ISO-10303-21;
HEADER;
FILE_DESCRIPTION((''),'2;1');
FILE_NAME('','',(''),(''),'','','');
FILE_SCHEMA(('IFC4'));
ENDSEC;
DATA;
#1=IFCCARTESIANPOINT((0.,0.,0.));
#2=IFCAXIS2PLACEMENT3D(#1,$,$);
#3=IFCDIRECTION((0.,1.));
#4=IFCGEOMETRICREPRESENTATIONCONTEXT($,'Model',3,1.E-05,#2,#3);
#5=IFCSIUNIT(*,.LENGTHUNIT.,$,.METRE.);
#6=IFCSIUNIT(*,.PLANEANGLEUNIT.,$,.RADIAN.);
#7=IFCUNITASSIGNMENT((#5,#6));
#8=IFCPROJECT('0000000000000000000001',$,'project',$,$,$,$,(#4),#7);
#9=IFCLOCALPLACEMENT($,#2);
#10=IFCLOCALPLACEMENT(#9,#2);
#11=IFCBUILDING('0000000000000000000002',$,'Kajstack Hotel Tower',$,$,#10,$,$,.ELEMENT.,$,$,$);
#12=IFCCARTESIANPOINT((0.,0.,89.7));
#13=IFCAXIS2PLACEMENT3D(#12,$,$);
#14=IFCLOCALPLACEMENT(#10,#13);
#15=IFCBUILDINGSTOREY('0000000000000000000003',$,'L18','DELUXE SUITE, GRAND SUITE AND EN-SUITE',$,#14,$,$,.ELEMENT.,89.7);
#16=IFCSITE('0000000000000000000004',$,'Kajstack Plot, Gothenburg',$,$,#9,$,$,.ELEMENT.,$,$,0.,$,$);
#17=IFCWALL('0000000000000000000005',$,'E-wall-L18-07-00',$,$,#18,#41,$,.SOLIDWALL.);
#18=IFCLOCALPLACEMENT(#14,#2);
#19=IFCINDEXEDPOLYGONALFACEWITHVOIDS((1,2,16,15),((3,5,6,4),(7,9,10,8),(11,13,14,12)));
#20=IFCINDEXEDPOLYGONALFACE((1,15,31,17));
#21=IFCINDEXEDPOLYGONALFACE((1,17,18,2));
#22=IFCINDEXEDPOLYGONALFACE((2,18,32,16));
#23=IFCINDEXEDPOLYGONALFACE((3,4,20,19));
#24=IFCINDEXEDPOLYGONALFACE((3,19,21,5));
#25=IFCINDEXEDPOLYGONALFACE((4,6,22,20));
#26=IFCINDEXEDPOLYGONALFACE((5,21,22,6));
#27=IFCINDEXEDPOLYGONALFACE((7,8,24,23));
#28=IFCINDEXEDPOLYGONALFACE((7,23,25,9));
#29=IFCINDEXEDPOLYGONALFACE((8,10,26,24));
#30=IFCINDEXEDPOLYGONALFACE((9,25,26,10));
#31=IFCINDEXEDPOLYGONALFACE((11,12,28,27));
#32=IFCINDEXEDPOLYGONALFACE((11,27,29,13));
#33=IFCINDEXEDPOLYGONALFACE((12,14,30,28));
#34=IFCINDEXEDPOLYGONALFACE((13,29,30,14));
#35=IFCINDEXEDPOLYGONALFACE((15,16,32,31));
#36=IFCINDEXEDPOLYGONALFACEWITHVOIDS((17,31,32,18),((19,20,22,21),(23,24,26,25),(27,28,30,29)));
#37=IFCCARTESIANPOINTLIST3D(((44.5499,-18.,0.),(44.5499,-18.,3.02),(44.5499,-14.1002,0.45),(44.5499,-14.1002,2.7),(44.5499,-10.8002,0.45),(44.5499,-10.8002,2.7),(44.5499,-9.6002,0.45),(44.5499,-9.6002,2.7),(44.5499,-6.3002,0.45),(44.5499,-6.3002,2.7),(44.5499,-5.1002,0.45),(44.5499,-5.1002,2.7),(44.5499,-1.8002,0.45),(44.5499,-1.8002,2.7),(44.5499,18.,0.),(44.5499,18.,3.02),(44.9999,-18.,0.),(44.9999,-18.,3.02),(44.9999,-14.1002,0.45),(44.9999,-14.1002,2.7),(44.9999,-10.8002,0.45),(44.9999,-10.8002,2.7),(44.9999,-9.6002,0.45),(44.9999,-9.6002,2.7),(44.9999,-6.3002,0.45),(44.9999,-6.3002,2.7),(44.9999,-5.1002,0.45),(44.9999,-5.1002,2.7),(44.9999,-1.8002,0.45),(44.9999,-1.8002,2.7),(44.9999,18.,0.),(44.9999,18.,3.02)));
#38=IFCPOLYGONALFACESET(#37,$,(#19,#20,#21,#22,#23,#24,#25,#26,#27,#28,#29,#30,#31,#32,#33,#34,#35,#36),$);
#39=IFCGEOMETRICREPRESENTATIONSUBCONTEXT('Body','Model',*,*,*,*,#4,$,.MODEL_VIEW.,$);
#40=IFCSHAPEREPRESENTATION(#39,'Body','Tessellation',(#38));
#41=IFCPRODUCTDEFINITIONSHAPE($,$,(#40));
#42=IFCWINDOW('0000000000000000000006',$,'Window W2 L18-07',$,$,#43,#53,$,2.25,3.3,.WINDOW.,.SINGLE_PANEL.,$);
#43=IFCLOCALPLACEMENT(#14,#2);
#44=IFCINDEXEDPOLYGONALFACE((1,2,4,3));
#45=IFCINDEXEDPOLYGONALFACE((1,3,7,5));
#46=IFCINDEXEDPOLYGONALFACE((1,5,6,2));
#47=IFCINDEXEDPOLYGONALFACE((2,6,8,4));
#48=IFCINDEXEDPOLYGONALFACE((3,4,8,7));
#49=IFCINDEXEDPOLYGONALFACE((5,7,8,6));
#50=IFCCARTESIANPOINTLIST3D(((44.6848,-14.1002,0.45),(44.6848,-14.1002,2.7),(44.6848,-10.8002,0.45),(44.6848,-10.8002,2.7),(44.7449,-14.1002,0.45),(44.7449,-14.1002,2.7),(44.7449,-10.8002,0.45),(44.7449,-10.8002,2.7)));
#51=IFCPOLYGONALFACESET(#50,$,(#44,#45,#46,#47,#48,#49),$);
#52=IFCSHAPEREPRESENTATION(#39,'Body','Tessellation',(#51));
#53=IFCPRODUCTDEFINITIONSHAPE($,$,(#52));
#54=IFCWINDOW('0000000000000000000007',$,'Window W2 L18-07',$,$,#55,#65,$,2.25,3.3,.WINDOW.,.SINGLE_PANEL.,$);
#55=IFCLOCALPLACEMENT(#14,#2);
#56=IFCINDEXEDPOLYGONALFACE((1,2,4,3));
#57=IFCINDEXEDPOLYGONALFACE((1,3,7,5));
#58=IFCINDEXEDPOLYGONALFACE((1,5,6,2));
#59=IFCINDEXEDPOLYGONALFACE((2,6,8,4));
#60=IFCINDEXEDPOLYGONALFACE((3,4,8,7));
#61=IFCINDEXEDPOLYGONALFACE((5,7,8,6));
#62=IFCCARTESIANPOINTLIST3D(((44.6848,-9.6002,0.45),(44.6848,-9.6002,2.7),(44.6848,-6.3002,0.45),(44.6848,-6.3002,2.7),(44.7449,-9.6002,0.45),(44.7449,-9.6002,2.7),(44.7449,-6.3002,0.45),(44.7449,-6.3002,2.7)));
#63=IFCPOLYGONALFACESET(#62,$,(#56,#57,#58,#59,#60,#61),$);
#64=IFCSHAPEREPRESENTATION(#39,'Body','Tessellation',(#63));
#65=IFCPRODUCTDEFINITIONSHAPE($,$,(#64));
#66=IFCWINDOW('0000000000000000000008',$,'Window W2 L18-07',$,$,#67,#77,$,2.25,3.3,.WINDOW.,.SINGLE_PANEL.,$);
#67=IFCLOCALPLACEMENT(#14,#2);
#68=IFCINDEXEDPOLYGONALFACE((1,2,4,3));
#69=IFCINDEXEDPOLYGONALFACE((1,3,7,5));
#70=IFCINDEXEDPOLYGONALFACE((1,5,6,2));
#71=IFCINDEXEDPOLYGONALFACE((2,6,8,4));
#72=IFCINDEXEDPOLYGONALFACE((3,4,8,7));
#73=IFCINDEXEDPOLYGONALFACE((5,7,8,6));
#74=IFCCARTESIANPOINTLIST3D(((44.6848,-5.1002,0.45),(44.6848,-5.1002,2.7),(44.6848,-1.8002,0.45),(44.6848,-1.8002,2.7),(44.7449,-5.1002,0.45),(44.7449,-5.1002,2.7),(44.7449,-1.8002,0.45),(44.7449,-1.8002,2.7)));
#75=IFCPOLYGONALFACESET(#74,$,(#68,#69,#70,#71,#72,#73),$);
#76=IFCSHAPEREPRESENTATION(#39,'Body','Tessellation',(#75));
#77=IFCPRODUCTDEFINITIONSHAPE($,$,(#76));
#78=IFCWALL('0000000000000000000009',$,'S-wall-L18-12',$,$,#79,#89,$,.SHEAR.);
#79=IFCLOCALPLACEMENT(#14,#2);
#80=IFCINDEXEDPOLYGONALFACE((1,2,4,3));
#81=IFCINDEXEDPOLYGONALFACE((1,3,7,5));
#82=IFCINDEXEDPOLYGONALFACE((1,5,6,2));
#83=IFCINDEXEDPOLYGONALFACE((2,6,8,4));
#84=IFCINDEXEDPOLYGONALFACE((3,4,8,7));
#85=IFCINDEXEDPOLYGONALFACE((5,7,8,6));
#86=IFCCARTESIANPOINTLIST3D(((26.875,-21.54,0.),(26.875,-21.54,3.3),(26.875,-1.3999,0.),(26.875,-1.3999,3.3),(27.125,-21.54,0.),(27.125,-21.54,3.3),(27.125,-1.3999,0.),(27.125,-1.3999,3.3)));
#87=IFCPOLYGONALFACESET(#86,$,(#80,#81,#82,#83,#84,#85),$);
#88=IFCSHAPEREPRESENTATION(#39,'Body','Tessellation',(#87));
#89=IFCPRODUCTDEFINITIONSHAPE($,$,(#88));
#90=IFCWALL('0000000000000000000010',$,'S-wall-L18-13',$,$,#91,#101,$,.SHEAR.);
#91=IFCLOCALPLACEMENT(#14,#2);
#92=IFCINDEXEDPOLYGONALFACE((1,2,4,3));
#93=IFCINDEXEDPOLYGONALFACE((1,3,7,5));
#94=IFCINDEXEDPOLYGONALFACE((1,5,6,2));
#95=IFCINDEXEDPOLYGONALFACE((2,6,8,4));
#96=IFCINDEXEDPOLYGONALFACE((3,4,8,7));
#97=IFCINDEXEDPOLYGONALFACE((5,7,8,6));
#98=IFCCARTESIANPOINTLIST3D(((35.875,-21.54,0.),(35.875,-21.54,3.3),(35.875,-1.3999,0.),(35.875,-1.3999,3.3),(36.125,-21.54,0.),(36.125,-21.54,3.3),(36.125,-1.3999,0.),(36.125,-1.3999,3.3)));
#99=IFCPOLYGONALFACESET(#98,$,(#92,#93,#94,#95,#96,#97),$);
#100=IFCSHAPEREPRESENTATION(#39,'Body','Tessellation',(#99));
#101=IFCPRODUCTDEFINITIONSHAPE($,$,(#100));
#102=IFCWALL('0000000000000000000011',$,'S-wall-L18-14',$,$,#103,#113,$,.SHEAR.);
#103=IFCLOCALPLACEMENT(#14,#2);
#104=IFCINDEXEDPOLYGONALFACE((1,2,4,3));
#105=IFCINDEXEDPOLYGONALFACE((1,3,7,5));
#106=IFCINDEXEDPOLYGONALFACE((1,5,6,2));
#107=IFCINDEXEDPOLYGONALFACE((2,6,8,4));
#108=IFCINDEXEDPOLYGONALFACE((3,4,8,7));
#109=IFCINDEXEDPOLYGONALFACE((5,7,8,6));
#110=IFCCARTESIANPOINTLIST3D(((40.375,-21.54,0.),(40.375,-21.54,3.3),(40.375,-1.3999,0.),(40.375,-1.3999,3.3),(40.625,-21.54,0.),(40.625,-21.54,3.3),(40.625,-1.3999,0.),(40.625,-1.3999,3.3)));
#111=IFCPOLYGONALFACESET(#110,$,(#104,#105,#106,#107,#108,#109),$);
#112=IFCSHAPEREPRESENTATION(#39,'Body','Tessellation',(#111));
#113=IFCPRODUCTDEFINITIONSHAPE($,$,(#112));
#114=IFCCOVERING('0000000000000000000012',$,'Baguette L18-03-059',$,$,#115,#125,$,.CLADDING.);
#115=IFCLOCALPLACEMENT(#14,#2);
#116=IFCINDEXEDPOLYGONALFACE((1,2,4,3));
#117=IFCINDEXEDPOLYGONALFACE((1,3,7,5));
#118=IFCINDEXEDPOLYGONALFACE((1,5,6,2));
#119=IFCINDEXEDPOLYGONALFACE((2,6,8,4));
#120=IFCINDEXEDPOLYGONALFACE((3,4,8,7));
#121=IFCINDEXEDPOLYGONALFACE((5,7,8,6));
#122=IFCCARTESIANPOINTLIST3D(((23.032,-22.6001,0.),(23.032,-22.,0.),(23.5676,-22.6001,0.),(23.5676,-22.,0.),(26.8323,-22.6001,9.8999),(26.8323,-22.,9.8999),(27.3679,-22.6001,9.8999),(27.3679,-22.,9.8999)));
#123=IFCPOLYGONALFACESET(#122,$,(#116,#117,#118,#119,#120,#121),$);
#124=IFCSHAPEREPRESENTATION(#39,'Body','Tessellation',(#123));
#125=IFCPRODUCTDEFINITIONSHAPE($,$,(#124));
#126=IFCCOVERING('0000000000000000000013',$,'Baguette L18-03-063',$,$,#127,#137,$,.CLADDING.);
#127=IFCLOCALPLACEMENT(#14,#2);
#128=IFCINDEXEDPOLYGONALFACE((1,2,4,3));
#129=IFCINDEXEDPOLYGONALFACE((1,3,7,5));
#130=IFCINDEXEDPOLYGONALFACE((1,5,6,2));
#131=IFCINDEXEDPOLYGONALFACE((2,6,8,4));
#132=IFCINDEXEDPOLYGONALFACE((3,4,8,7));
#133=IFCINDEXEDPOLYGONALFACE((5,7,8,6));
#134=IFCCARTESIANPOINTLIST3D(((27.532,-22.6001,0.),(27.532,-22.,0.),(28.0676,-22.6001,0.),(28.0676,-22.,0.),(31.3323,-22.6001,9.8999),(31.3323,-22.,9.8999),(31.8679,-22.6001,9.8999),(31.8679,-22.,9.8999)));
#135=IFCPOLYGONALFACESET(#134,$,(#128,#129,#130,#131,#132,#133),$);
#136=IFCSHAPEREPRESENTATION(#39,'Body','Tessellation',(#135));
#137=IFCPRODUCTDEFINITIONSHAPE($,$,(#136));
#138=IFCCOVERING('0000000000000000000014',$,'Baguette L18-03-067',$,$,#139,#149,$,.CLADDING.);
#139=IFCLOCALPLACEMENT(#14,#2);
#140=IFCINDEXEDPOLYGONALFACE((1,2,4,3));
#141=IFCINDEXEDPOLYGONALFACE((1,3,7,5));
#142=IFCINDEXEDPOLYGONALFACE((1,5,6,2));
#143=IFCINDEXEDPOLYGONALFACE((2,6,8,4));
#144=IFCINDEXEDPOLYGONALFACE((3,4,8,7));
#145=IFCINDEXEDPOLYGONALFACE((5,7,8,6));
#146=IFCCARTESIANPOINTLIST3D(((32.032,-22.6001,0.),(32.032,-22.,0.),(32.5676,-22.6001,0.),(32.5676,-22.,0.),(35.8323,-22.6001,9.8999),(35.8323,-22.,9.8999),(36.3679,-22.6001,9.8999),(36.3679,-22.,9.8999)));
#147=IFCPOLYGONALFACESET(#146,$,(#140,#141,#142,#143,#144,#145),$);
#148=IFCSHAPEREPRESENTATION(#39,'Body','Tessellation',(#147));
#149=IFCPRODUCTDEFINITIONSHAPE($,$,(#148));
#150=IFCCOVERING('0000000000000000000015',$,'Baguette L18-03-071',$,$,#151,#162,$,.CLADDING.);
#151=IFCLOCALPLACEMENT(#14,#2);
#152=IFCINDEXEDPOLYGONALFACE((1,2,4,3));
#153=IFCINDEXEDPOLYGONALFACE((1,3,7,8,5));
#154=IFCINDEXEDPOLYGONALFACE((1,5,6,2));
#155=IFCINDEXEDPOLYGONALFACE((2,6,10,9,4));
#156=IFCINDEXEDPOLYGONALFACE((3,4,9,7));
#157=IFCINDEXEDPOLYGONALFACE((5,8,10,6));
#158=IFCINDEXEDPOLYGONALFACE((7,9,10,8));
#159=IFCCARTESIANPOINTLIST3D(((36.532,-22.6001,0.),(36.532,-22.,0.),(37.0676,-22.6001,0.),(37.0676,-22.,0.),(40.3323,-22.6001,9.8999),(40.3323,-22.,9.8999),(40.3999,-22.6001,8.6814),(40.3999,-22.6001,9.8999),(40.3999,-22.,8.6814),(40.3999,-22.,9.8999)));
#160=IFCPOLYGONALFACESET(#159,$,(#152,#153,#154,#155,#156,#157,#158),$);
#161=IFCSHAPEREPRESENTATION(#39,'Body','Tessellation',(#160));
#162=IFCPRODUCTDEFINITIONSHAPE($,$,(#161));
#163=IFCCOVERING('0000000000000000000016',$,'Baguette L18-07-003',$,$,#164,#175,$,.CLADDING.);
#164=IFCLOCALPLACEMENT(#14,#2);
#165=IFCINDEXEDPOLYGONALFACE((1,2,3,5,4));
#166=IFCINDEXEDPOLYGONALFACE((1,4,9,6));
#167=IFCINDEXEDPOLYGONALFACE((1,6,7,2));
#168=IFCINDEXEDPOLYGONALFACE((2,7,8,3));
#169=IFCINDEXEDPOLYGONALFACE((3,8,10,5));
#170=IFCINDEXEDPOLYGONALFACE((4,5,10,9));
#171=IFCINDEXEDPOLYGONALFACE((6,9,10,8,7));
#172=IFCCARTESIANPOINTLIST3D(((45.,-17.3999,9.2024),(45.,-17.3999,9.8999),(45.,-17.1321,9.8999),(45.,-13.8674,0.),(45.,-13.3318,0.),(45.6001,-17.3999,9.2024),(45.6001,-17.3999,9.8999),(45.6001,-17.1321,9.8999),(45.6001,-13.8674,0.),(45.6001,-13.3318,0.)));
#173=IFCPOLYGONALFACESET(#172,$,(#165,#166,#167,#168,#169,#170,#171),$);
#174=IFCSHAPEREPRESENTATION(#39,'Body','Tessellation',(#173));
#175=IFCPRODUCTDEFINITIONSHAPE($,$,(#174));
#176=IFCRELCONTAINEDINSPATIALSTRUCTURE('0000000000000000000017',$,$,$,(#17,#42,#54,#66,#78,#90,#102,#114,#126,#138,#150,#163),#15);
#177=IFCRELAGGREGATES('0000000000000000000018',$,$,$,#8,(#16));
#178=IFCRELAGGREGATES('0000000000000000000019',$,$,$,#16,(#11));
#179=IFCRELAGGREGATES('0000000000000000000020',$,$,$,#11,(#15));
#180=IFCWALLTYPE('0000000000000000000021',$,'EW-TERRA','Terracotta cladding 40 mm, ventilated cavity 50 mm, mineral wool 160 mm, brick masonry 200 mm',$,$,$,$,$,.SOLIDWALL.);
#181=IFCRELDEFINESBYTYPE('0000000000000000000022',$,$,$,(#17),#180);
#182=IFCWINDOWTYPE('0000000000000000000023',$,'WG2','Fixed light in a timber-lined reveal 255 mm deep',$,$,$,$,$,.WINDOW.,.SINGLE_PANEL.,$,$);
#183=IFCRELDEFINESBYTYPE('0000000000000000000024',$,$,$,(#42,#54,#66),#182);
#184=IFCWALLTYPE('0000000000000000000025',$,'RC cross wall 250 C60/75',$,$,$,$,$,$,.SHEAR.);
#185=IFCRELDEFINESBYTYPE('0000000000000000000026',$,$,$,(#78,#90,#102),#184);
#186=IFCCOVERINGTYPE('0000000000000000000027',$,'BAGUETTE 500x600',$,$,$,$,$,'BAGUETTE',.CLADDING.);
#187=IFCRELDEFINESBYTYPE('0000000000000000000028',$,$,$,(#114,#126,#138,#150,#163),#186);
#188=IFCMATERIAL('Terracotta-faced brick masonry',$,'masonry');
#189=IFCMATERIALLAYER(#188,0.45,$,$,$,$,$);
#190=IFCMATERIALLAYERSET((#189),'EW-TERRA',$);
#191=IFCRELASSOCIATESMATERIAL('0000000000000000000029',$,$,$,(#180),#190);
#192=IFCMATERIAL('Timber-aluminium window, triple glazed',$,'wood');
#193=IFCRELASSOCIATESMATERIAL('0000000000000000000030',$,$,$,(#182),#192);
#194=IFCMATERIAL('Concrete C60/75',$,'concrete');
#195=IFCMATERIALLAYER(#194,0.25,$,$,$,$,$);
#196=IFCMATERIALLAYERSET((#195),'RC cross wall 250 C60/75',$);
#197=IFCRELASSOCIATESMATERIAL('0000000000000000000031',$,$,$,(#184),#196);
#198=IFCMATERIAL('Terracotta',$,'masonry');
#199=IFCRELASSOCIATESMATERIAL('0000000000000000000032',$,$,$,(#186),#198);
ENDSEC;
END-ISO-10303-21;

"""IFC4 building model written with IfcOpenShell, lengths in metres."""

from ifc_helpers import new_model, si_unit, direction, frame, frame_2d, origin, origin_2d, place, context, subcontext, project, spatial, polyline, rectangle, outline, extrude, material, layer, layer_set, material_profile, profile_set, type_object, element, fill, save


model = new_model("IFC4")

# Units and contexts
model_context = context("Model", 3, precision=1e-05, world=origin(), true_north=direction((0.0, 1.0)))
body_context = subcontext(model_context, "Body", "Model", "MODEL_VIEW")
ifc_project = project(units=[si_unit("LENGTHUNIT", "METRE"), si_unit("PLANEANGLEUNIT", "RADIAN")], contexts=[model_context])

# Site, building, storey
site_placement = place(None, origin())
site = spatial("IfcSite", under=ifc_project, at=site_placement, Name="Kajstack Plot, Gothenburg", CompositionType="ELEMENT", RefElevation=0.0)
building_placement = place(site_placement, origin())
building = spatial("IfcBuilding", under=site, at=building_placement, Name="Kajstack Hotel Tower", CompositionType="ELEMENT")
storey_placement = place(building_placement, frame((0.0, 0.0, 89.7)))
storey = spatial("IfcBuildingStorey", under=building, at=storey_placement, Name="L18", Description="DELUXE SUITE, GRAND SUITE AND EN-SUITE", CompositionType="ELEMENT", Elevation=89.7)

# Shared definitions
ifc_material_1 = material(Name="Terracotta-faced brick masonry", Category="masonry")
ifc_layer_1 = layer(ifc_material_1, 0.45)
ifc_layer_set_1 = layer_set([ifc_layer_1], Name="EW-TERRA")
wall_type_1 = type_object("IfcWallType", Name="EW-TERRA", Description="Terracotta cladding 40 mm, ventilated cavity 50 mm, mineral wool 160 mm, brick masonry 200 mm", PredefinedType="SOLIDWALL", material=ifc_layer_set_1)
ifc_material_2 = material(Name="Timber-aluminium window, triple glazed", Category="wood")

# Wall, openings, windows
wall_1_placement = place(storey_placement, frame((44.7749, -18.0, 0.0), z_axis=(0.0, 0.0, 1.0), x_axis=(0.0, 1.0, 0.0)))
wall_1 = element("IfcWall", 1, at=wall_1_placement, inside=storey, type_object=wall_type_1, Name="E-wall-L18-07-00", PredefinedType="SOLIDWALL", context=body_context, shape_type="SweptSolid", body=[
    extrude(rectangle(XDim=36.0, YDim=0.45, at=frame_2d((18.0, 0.0))), origin(), (0.0, 0.0, 1.0), 3.02),
])
opening_1_placement = place(wall_1_placement, frame((3.8999, 0.0, 0.45)))
opening_1 = element("IfcOpeningElement", 2, at=opening_1_placement, cuts=wall_1, PredefinedType="OPENING", context=body_context, shape_type="SweptSolid", body=[
    extrude(rectangle(XDim=3.3, YDim=2.25, at=frame_2d((1.6499, 1.125))), frame((0.0, 0.2349, 0.0), z_axis=(0.0, -1.0, 0.0), x_axis=(1.0, 0.0, 0.0)), (0.0, 0.0, 1.0), 0.47),
])
opening_2_placement = place(wall_1_placement, frame((8.3999, 0.0, 0.45)))
opening_2 = element("IfcOpeningElement", 3, at=opening_2_placement, cuts=wall_1, PredefinedType="OPENING", context=body_context, shape_type="SweptSolid", body=[
    extrude(rectangle(XDim=3.3, YDim=2.25, at=frame_2d((1.6499, 1.125))), frame((0.0, 0.2349, 0.0), z_axis=(0.0, -1.0, 0.0), x_axis=(1.0, 0.0, 0.0)), (0.0, 0.0, 1.0), 0.47),
])
opening_3_placement = place(wall_1_placement, frame((12.8999, 0.0, 0.45)))
opening_3 = element("IfcOpeningElement", 4, at=opening_3_placement, cuts=wall_1, PredefinedType="OPENING", context=body_context, shape_type="SweptSolid", body=[
    extrude(rectangle(XDim=3.3, YDim=2.25, at=frame_2d((1.6499, 1.125))), frame((0.0, 0.2349, 0.0), z_axis=(0.0, -1.0, 0.0), x_axis=(1.0, 0.0, 0.0)), (0.0, 0.0, 1.0), 0.47),
])
window_type_1 = type_object("IfcWindowType", Name="WG2", Description="Fixed light in a timber-lined reveal 255 mm deep", PartitioningType="SINGLE_PANEL", PredefinedType="WINDOW", material=ifc_material_2)
window_1_placement = place(opening_1_placement, origin())
window_1 = element("IfcWindow", 5, at=window_1_placement, inside=storey, type_object=window_type_1, Name="Window W2 L18-07", OverallHeight=2.25, OverallWidth=3.3, PartitioningType="SINGLE_PANEL", PredefinedType="WINDOW", context=body_context, shape_type="SweptSolid", body=[
    extrude(rectangle(XDim=3.3, YDim=2.25, at=frame_2d((1.6499, 1.125))), frame((0.0, 0.0901, 0.0), z_axis=(0.0, -1.0, 0.0), x_axis=(1.0, 0.0, 0.0)), (0.0, 0.0, 1.0), 0.0601),
])
fill(opening_1, window_1)
window_2_placement = place(opening_2_placement, origin())
window_2 = element("IfcWindow", 6, at=window_2_placement, inside=storey, type_object=window_type_1, Name="Window W2 L18-07", OverallHeight=2.25, OverallWidth=3.3, PartitioningType="SINGLE_PANEL", PredefinedType="WINDOW", context=body_context, shape_type="SweptSolid", body=[
    extrude(rectangle(XDim=3.3, YDim=2.25, at=frame_2d((1.6499, 1.125))), frame((0.0, 0.0901, 0.0), z_axis=(0.0, -1.0, 0.0), x_axis=(1.0, 0.0, 0.0)), (0.0, 0.0, 1.0), 0.0601),
])
fill(opening_2, window_2)
window_3_placement = place(opening_3_placement, origin())
window_3 = element("IfcWindow", 7, at=window_3_placement, inside=storey, type_object=window_type_1, Name="Window W2 L18-07", OverallHeight=2.25, OverallWidth=3.3, PartitioningType="SINGLE_PANEL", PredefinedType="WINDOW", context=body_context, shape_type="SweptSolid", body=[
    extrude(rectangle(XDim=3.3, YDim=2.25, at=frame_2d((1.6499, 1.125))), frame((0.0, 0.0901, 0.0), z_axis=(0.0, -1.0, 0.0), x_axis=(1.0, 0.0, 0.0)), (0.0, 0.0, 1.0), 0.0601),
])
fill(opening_3, window_3)

# Walls
ifc_material_3 = material(Name="Concrete C60/75", Category="concrete")
ifc_layer_2 = layer(ifc_material_3, 0.25)
ifc_layer_set_2 = layer_set([ifc_layer_2], Name="RC cross wall 250 C60/75")
wall_type_2 = type_object("IfcWallType", Name="RC cross wall 250 C60/75", PredefinedType="SHEAR", material=ifc_layer_set_2)
for number, where, z_axis, x_axis, name in (
    (8, (27.0, -21.54, 0.0), (0.0, 0.0, 1.0), (0.0, 1.0, 0.0), "S-wall-L18-12"),
    (9, (36.0, -21.54, 0.0), (0.0, 0.0, 1.0), (0.0, 1.0, 0.0), "S-wall-L18-13"),
    (10, (40.5, -21.54, 0.0), (0.0, 0.0, 1.0), (0.0, 1.0, 0.0), "S-wall-L18-14"),
):
    element("IfcWall", number, at=place(storey_placement, frame(where, z_axis=z_axis, x_axis=x_axis)), inside=storey, type_object=wall_type_2, Name=name, PredefinedType="SHEAR", context=body_context, shape_type="SweptSolid", body=[
        extrude(rectangle(XDim=20.1401, YDim=0.25, at=frame_2d((10.0701, 0.0))), origin(), (0.0, 0.0, 1.0), 3.3),
    ])

# Coverings
ifc_material_4 = material(Name="Terracotta", Category="masonry")
ifc_material_profile = material_profile(ifc_material_4, rectangle(XDim=0.6001, YDim=0.5, at=origin_2d()), Name="Terracotta-clad concrete baguette 500 x 600")
ifc_profile_set = profile_set([ifc_material_profile], Name="Terracotta")
covering_type = type_object("IfcCoveringType", Name="BAGUETTE 500x600", ElementType="BAGUETTE", PredefinedType="CLADDING", material=ifc_profile_set)
for number, where, z_axis, x_axis, name in (
    (11, (23.032, -22.0, 0.0), (0.0, -1.0, 0.0), (1.0, 0.0, 0.0), "Baguette L18-03-059"),
    (12, (27.532, -22.0, 0.0), (0.0, -1.0, 0.0), (1.0, 0.0, 0.0), "Baguette L18-03-063"),
    (13, (32.032, -22.0, 0.0), (0.0, -1.0, 0.0), (1.0, 0.0, 0.0), "Baguette L18-03-067"),
):
    element("IfcCovering", number, at=place(storey_placement, frame(where, z_axis=z_axis, x_axis=x_axis)), inside=storey, type_object=covering_type, Name=name, PredefinedType="CLADDING", context=body_context, shape_type="SweptSolid", body=[
        extrude(outline(polyline([(3.8003, 9.8999), (0.0, 0.0), (0.5356, 0.0), (4.3359, 9.8999), (3.8003, 9.8999)])), origin(), (0.0, 0.0, 1.0), 0.6001),
    ])
covering_1_placement = place(storey_placement, frame((36.532, -22.0, 0.0), z_axis=(0.0, -1.0, 0.0), x_axis=(1.0, 0.0, 0.0)))
element("IfcCovering", 14, at=covering_1_placement, inside=storey, type_object=covering_type, Name="Baguette L18-03-071", PredefinedType="CLADDING", context=body_context, shape_type="SweptSolid", body=[
    extrude(outline(polyline([(0.5356, 0.0), (3.8679, 8.6814), (3.8679, 9.8999), (3.8003, 9.8999), (0.0, 0.0), (0.5356, 0.0)])), origin(), (0.0, 0.0, 1.0), 0.6001),
])
covering_2_placement = place(storey_placement, frame((45.0, -17.3999, 0.0), z_axis=(1.0, 0.0, 0.0), x_axis=(0.0, 1.0, 0.0)))
element("IfcCovering", 15, at=covering_2_placement, inside=storey, type_object=covering_type, Name="Baguette L18-07-003", PredefinedType="CLADDING", context=body_context, shape_type="SweptSolid", body=[
    extrude(outline(polyline([(0.2678, 9.8999), (0.0, 9.8999), (0.0, 9.2024), (3.5325, 0.0), (4.0681, 0.0), (0.2678, 9.8999)])), origin(), (0.0, 0.0, 1.0), 0.6001),
])

save(model, "model.ifc")
